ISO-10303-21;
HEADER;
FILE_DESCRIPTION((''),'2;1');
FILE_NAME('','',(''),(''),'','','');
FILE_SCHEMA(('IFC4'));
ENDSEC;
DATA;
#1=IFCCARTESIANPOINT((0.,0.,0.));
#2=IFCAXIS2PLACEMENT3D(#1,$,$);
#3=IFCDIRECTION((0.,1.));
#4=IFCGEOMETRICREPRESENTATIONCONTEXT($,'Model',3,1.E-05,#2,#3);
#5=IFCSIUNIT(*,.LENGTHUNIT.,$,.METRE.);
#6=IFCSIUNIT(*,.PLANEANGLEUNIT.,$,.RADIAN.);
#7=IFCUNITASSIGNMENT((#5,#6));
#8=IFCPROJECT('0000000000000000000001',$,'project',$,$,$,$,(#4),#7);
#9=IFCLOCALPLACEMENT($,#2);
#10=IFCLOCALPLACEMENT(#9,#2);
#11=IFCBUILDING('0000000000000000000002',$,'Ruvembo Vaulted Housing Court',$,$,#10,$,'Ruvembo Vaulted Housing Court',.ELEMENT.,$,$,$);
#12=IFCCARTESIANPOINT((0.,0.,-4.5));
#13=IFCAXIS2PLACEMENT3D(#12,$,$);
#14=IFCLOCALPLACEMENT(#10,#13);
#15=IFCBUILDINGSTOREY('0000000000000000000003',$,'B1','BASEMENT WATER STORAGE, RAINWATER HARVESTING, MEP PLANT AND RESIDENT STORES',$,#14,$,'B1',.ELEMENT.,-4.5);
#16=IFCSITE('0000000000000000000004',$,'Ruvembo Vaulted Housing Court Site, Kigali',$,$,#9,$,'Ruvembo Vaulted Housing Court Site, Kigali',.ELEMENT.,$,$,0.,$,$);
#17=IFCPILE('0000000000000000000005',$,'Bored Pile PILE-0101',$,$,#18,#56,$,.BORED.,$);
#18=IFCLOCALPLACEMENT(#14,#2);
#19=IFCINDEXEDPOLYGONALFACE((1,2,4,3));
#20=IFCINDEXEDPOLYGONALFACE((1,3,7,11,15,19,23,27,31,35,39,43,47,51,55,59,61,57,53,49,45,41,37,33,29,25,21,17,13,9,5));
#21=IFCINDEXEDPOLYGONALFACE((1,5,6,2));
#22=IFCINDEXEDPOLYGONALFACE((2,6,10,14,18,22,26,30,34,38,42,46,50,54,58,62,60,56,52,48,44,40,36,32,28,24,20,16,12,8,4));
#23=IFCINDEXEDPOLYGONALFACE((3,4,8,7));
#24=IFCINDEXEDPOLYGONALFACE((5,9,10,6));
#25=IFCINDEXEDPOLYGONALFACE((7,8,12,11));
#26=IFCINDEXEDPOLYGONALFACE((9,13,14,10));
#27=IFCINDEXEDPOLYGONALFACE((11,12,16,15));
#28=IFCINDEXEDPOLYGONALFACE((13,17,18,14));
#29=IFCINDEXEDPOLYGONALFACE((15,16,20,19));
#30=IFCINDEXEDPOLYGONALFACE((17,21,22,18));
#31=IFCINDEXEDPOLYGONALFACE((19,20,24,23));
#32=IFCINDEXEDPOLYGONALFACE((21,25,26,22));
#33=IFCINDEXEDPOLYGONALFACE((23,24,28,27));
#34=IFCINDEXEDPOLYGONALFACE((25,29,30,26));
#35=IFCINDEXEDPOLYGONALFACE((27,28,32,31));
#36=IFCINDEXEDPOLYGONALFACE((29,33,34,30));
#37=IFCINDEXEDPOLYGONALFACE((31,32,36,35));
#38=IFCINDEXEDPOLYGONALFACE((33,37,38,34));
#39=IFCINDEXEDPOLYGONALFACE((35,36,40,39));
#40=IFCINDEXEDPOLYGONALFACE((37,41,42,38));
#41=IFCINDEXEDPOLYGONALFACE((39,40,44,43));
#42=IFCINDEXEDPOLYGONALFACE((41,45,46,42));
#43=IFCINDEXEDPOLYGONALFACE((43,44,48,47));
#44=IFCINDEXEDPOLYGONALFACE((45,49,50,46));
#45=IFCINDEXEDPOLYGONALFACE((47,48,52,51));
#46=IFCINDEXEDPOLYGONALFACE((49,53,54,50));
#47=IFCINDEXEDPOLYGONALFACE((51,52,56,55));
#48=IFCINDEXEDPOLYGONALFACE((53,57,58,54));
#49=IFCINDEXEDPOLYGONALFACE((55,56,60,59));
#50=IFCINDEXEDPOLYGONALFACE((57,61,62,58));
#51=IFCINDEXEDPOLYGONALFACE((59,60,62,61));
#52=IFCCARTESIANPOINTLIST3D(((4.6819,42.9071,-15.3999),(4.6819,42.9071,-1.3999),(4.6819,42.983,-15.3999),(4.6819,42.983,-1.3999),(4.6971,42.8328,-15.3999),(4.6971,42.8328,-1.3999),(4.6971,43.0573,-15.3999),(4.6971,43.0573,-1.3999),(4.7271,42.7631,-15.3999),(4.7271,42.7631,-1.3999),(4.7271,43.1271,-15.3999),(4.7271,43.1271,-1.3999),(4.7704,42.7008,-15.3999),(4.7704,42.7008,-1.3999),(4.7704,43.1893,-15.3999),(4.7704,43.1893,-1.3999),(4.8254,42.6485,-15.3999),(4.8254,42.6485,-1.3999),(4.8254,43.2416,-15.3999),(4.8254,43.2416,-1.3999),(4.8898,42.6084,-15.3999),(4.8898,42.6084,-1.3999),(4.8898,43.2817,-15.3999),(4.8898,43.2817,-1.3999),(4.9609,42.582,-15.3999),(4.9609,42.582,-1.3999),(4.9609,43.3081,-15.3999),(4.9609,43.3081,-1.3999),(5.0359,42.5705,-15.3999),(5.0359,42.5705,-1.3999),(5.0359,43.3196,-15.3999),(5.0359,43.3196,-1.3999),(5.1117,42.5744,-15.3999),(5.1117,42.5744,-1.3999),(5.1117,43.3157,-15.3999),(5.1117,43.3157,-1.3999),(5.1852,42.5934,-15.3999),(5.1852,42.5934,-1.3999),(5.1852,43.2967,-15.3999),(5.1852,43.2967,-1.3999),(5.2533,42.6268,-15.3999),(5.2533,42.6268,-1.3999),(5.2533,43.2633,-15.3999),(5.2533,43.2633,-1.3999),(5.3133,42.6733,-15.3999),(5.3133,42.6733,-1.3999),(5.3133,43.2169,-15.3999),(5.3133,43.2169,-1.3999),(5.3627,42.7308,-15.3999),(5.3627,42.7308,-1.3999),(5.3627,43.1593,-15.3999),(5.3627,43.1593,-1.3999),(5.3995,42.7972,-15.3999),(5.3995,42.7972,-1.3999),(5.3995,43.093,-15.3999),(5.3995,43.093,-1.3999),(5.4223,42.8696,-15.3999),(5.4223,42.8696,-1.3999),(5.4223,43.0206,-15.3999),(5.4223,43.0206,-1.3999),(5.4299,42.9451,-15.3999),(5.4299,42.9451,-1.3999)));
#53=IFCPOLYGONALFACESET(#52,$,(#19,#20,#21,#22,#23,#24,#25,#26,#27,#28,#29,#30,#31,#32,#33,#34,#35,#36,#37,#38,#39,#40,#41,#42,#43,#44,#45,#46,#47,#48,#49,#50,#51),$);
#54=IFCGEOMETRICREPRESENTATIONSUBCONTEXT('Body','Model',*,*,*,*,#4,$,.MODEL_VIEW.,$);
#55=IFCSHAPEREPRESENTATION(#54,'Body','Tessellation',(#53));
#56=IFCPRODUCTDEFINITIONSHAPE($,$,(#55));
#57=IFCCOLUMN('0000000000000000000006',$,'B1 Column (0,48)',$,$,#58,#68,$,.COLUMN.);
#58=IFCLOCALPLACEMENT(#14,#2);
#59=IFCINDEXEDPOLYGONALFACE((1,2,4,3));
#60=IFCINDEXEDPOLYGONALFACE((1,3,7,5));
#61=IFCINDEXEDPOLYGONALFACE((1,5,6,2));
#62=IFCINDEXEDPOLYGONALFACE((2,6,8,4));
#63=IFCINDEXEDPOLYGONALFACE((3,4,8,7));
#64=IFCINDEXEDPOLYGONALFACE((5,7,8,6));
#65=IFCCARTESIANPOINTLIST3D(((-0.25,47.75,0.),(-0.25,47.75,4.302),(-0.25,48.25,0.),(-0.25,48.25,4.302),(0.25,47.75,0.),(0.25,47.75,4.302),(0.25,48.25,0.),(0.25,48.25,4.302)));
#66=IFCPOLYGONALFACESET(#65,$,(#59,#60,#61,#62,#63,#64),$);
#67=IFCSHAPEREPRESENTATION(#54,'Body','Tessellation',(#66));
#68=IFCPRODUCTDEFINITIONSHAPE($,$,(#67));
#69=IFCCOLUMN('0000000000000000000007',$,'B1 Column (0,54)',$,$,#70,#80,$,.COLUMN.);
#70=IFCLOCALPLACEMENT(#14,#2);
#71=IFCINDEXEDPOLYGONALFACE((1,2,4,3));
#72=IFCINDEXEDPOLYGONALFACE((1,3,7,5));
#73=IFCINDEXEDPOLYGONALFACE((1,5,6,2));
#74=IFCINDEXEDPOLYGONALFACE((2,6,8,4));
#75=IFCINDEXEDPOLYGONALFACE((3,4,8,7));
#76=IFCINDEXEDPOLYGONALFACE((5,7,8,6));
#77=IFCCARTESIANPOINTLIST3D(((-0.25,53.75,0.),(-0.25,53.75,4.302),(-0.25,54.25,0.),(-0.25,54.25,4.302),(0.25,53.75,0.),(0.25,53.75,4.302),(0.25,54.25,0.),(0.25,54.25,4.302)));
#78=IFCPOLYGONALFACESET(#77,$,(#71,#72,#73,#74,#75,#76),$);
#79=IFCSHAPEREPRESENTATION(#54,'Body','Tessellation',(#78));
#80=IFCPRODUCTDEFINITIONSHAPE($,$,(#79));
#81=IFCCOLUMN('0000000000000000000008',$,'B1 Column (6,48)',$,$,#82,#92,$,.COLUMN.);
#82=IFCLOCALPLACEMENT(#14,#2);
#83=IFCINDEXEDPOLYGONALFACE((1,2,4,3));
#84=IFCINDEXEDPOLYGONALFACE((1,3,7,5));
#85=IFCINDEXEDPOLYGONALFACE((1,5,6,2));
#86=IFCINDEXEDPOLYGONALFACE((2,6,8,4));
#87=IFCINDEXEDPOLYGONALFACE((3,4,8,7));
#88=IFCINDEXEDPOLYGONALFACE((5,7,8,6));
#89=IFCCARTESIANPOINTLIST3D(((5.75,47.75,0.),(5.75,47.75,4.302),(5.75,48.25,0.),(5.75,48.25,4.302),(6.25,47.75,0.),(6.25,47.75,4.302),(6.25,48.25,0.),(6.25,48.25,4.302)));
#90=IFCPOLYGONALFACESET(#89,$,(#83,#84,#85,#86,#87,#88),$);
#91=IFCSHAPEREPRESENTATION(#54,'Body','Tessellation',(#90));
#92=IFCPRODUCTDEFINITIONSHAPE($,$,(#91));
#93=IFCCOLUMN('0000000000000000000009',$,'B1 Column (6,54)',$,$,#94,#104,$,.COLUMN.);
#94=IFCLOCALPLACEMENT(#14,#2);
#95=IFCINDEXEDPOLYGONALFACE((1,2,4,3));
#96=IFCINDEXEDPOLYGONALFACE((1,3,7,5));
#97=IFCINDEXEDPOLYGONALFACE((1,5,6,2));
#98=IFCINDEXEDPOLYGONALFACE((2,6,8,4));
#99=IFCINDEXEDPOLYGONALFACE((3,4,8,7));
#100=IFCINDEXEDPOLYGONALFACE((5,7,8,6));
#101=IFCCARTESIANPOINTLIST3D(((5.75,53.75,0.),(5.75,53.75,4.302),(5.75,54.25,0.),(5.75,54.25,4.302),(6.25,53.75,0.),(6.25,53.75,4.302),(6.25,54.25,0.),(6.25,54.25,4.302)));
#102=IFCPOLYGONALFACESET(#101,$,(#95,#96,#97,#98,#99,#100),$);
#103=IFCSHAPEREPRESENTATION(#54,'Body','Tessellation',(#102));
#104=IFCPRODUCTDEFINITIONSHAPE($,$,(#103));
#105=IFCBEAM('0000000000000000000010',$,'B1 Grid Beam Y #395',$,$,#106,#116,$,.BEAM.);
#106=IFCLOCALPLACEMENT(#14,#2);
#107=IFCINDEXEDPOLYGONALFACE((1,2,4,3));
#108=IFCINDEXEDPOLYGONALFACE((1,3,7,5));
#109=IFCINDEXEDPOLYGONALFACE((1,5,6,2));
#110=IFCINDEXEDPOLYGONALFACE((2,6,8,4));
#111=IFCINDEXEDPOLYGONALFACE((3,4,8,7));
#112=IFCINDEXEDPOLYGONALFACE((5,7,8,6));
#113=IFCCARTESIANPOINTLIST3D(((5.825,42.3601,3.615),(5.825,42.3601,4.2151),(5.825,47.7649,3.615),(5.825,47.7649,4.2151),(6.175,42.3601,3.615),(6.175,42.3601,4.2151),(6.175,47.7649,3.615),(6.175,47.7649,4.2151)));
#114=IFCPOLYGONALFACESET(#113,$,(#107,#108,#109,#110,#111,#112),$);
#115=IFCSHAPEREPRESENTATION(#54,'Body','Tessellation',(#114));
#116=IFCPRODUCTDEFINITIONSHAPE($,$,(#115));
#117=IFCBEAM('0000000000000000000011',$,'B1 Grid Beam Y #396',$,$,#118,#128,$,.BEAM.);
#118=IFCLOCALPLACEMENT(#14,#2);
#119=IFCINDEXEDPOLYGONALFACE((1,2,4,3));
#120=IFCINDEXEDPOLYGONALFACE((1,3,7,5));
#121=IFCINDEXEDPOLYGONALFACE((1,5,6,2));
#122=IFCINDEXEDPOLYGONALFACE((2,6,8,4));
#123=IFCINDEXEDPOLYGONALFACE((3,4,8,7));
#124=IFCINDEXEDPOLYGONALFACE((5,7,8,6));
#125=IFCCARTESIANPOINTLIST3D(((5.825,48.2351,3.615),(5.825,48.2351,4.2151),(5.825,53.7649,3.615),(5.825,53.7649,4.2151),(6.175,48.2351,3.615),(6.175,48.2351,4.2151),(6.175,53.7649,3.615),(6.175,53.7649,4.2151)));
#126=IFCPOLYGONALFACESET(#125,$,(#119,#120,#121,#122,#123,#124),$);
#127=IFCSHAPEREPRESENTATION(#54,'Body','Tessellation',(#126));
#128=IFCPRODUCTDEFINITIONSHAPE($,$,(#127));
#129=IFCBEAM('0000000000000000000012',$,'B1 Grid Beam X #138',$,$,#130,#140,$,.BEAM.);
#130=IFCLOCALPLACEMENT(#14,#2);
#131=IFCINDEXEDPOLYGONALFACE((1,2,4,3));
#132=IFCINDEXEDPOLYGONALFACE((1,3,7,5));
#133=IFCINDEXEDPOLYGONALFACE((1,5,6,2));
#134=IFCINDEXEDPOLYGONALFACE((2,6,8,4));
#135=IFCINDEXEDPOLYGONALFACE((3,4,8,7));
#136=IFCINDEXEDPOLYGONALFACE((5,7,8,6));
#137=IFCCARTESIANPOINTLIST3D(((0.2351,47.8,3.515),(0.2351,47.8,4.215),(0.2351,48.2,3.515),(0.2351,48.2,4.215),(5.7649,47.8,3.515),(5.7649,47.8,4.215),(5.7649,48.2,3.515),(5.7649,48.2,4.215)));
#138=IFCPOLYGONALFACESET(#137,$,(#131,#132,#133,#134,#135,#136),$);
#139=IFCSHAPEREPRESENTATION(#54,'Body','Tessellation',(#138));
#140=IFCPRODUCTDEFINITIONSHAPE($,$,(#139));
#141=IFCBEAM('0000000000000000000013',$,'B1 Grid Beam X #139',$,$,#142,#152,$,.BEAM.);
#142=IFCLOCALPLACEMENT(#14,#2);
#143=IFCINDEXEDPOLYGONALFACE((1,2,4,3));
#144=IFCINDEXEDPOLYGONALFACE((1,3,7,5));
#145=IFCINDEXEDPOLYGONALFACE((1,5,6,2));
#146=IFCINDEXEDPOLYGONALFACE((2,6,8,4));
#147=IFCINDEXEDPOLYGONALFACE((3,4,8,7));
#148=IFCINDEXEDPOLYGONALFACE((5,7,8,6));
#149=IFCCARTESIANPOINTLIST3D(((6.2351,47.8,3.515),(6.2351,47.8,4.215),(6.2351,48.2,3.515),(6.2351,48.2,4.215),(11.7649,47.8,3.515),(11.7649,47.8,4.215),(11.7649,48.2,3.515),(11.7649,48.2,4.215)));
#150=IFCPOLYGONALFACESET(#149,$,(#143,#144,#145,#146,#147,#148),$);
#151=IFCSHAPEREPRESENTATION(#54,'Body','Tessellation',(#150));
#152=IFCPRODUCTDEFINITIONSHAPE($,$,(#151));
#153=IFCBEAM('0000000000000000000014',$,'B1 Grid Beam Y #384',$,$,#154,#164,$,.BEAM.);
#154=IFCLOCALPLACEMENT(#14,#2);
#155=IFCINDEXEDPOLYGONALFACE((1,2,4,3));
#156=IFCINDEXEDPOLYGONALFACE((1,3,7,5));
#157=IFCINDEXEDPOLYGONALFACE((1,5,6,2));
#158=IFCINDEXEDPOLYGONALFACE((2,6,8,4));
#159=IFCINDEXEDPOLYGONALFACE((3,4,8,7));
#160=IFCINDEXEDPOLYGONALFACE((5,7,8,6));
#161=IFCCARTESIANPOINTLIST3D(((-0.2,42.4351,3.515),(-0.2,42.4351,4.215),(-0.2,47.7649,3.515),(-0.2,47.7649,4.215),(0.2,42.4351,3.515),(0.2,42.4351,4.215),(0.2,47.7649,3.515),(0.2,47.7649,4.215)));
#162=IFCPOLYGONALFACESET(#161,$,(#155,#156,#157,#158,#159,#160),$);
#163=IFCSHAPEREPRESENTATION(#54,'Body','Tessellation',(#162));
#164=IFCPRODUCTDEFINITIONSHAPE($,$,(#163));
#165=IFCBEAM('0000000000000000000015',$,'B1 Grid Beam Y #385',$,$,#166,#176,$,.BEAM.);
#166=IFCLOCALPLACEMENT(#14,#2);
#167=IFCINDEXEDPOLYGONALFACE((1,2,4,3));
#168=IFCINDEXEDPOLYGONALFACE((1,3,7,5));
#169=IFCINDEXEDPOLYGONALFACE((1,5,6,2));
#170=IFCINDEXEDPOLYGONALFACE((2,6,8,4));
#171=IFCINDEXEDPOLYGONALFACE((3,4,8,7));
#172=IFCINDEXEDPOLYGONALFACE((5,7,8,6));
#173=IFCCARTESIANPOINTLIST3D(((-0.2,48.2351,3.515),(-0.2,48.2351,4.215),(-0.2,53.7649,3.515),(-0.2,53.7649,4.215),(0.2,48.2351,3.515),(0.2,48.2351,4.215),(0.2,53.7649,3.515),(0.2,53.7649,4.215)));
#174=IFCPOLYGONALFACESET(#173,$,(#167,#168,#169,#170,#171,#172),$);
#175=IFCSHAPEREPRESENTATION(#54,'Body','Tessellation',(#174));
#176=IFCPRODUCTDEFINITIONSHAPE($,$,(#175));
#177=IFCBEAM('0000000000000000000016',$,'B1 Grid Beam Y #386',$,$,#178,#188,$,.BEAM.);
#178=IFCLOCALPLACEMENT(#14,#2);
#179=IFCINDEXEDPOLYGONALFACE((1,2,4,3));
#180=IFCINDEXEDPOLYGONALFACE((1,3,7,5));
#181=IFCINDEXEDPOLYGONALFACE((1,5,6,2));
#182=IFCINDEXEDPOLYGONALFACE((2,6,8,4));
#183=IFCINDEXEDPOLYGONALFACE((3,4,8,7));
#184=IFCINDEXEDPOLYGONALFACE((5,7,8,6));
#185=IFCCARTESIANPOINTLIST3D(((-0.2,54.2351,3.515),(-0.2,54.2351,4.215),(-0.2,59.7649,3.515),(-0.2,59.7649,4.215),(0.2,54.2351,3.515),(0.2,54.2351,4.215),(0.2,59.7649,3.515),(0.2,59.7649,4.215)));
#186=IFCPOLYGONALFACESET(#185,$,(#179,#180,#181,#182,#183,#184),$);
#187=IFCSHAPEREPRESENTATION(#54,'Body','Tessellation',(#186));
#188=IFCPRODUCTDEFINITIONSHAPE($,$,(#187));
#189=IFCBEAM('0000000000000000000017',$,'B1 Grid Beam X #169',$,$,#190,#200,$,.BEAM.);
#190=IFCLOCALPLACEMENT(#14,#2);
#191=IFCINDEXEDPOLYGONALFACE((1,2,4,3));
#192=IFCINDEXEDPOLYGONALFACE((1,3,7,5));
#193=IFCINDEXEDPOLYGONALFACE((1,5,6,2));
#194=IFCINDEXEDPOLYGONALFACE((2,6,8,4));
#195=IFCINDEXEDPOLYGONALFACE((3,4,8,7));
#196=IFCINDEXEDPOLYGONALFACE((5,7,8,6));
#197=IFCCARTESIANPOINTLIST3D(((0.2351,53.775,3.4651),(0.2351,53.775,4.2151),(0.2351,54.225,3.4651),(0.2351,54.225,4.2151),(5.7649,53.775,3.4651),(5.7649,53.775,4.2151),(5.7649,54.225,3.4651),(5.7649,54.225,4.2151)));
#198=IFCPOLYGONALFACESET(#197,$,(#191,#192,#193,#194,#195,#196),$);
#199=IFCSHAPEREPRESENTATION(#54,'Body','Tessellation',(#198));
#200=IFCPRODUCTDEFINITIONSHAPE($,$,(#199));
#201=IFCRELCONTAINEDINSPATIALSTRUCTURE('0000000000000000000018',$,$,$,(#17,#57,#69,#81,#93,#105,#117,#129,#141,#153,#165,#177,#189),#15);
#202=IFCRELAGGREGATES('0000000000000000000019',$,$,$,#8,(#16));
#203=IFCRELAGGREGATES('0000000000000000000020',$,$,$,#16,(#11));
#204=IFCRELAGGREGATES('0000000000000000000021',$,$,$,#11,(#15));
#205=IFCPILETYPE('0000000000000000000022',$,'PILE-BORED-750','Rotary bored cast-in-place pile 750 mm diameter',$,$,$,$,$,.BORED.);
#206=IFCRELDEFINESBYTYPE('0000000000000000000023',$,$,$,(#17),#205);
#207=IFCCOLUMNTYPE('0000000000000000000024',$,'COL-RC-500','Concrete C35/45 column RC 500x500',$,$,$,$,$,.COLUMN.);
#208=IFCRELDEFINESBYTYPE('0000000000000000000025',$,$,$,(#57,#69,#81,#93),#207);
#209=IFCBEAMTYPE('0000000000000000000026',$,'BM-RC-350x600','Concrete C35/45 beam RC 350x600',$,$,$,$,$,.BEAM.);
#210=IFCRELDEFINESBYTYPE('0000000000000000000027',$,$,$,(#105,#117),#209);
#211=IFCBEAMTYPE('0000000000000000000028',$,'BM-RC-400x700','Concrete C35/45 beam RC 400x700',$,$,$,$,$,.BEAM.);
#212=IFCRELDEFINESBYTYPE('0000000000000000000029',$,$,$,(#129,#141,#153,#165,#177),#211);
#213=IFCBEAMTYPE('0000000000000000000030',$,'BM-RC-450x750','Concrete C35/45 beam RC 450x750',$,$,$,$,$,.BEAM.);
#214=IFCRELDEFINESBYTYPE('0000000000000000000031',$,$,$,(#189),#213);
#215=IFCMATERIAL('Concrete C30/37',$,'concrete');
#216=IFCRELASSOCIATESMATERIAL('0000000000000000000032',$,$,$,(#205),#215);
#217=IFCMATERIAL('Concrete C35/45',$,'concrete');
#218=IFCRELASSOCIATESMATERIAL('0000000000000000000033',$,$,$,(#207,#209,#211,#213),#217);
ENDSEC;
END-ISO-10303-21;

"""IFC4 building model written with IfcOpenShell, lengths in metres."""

from ifc_helpers import new_model, si_unit, direction, frame, origin, origin_2d, place, context, subcontext, project, spatial, rectangle, circle, extrude, material, material_profile, profile_set, type_object, element, save


model = new_model("IFC4")

# Units and contexts
model_context = context("Model", 3, precision=1e-05, world=origin(), true_north=direction((0.0, 1.0)))
body_context = subcontext(model_context, "Body", "Model", "MODEL_VIEW")
ifc_project = project(units=[si_unit("LENGTHUNIT", "METRE"), si_unit("PLANEANGLEUNIT", "RADIAN")], contexts=[model_context])

# Site, building, storey
site_placement = place(None, origin())
site = spatial("IfcSite", under=ifc_project, at=site_placement, Name="Ruvembo Vaulted Housing Court Site, Kigali", LongName="Ruvembo Vaulted Housing Court Site, Kigali", CompositionType="ELEMENT", RefElevation=0.0)
building_placement = place(site_placement, origin())
building = spatial("IfcBuilding", under=site, at=building_placement, Name="Ruvembo Vaulted Housing Court", LongName="Ruvembo Vaulted Housing Court", CompositionType="ELEMENT")
storey_placement = place(building_placement, frame((0.0, 0.0, -4.5)))
storey = spatial("IfcBuildingStorey", under=building, at=storey_placement, Name="B1", Description="BASEMENT WATER STORAGE, RAINWATER HARVESTING, MEP PLANT AND RESIDENT STORES", LongName="B1", CompositionType="ELEMENT", Elevation=-4.5)

# Shared definitions
ifc_material_1 = material(Name="Concrete C35/45", Category="concrete")

# Pile
ifc_material_2 = material(Name="Concrete C30/37", Category="concrete")
ifc_material_profile_1 = material_profile(ifc_material_2, circle(Radius=0.375, at=origin_2d()), Name="PILE D750")
ifc_profile_set_1 = profile_set([ifc_material_profile_1], Name="Concrete C30/37")
pile_type_1 = type_object("IfcPileType", Name="PILE-BORED-750", Description="Rotary bored cast-in-place pile 750 mm diameter", PredefinedType="BORED", material=ifc_profile_set_1)
for number, where, z_axis, x_axis, name in (
    (1, (5.0549, 42.9451, -1.3999), (0.0, 0.0, -1.0), (1.0, 0.0, 0.0), "Bored Pile PILE-0101"),
):
    element("IfcPile", number, at=place(storey_placement, frame(where, z_axis=z_axis, x_axis=x_axis)), inside=storey, type_object=pile_type_1, Name=name, PredefinedType="BORED", context=body_context, shape_type="SweptSolid", body=[
        extrude(circle(Radius=0.375, at=origin_2d()), origin(), (0.0, 0.0, 1.0), 14.0),
    ])

# Columns
ifc_material_profile_2 = material_profile(ifc_material_1, rectangle(XDim=0.5, YDim=0.5, at=origin_2d()), Name="RC 500x500")
ifc_profile_set_2 = profile_set([ifc_material_profile_2], Name="Concrete C35/45")
column_type = type_object("IfcColumnType", Name="COL-RC-500", Description="Concrete C35/45 column RC 500x500", PredefinedType="COLUMN", material=ifc_profile_set_2)
for number, where, z_axis, x_axis, name in (
    (2, (0.0, 48.0, 0.0), (0.0, 0.0, 1.0), (1.0, 0.0, 0.0), "B1 Column (0,48)"),
    (3, (0.0, 54.0, 0.0), (0.0, 0.0, 1.0), (1.0, 0.0, 0.0), "B1 Column (0,54)"),
    (4, (6.0, 48.0, 0.0), (0.0, 0.0, 1.0), (1.0, 0.0, 0.0), "B1 Column (6,48)"),
    (5, (6.0, 54.0, 0.0), (0.0, 0.0, 1.0), (1.0, 0.0, 0.0), "B1 Column (6,54)"),
):
    element("IfcColumn", number, at=place(storey_placement, frame(where, z_axis=z_axis, x_axis=x_axis)), inside=storey, type_object=column_type, Name=name, PredefinedType="COLUMN", context=body_context, shape_type="SweptSolid", body=[
        extrude(rectangle(XDim=0.5, YDim=0.5, at=origin_2d()), origin(), (0.0, 0.0, 1.0), 4.302),
    ])

# Beams
ifc_material_profile_3 = material_profile(ifc_material_1, rectangle(XDim=0.3501, YDim=0.6001, at=origin_2d()), Name="RC 350x600")
ifc_profile_set_3 = profile_set([ifc_material_profile_3], Name="Concrete C35/45")
beam_type_1 = type_object("IfcBeamType", Name="BM-RC-350x600", Description="Concrete C35/45 beam RC 350x600", PredefinedType="BEAM", material=ifc_profile_set_3)
beam_1_placement = place(storey_placement, frame((6.0, 42.3601, 3.915), z_axis=(0.0, 1.0, 0.0), x_axis=(-1.0, 0.0, 0.0)))
element("IfcBeam", 6, at=beam_1_placement, inside=storey, type_object=beam_type_1, Name="B1 Grid Beam Y #395", PredefinedType="BEAM", context=body_context, shape_type="SweptSolid", body=[
    extrude(rectangle(XDim=0.3501, YDim=0.6001, at=origin_2d()), origin(), (0.0, 0.0, 1.0), 5.4048),
])
beam_2_placement = place(storey_placement, frame((6.0, 48.2351, 3.915), z_axis=(0.0, 1.0, 0.0), x_axis=(-1.0, 0.0, 0.0)))
element("IfcBeam", 7, at=beam_2_placement, inside=storey, type_object=beam_type_1, Name="B1 Grid Beam Y #396", PredefinedType="BEAM", context=body_context, shape_type="SweptSolid", body=[
    extrude(rectangle(XDim=0.3501, YDim=0.6001, at=origin_2d()), origin(), (0.0, 0.0, 1.0), 5.5298),
])
ifc_material_profile_4 = material_profile(ifc_material_1, rectangle(XDim=0.3999, YDim=0.7, at=origin_2d()), Name="RC 400x700")
ifc_profile_set_4 = profile_set([ifc_material_profile_4], Name="Concrete C35/45")
beam_type_2 = type_object("IfcBeamType", Name="BM-RC-400x700", Description="Concrete C35/45 beam RC 400x700", PredefinedType="BEAM", material=ifc_profile_set_4)
for number, where, z_axis, x_axis, name in (
    (8, (0.2351, 48.0, 3.865), (1.0, 0.0, 0.0), (0.0, 1.0, 0.0), "B1 Grid Beam X #138"),
    (9, (6.2351, 48.0, 3.865), (1.0, 0.0, 0.0), (0.0, 1.0, 0.0), "B1 Grid Beam X #139"),
):
    element("IfcBeam", number, at=place(storey_placement, frame(where, z_axis=z_axis, x_axis=x_axis)), inside=storey, type_object=beam_type_2, Name=name, PredefinedType="BEAM", context=body_context, shape_type="SweptSolid", body=[
        extrude(rectangle(XDim=0.3999, YDim=0.7, at=origin_2d()), origin(), (0.0, 0.0, 1.0), 5.5298),
    ])
beam_3_placement = place(storey_placement, frame((0.0, 42.4351, 3.865), z_axis=(0.0, 1.0, 0.0), x_axis=(-1.0, 0.0, 0.0)))
element("IfcBeam", 10, at=beam_3_placement, inside=storey, type_object=beam_type_2, Name="B1 Grid Beam Y #384", PredefinedType="BEAM", context=body_context, shape_type="SweptSolid", body=[
    extrude(rectangle(XDim=0.3999, YDim=0.7, at=origin_2d()), origin(), (0.0, 0.0, 1.0), 5.3298),
])
for number, where, z_axis, x_axis, name in (
    (11, (0.0, 48.2351, 3.865), (0.0, 1.0, 0.0), (-1.0, 0.0, 0.0), "B1 Grid Beam Y #385"),
    (12, (0.0, 54.2351, 3.865), (0.0, 1.0, 0.0), (-1.0, 0.0, 0.0), "B1 Grid Beam Y #386"),
):
    element("IfcBeam", number, at=place(storey_placement, frame(where, z_axis=z_axis, x_axis=x_axis)), inside=storey, type_object=beam_type_2, Name=name, PredefinedType="BEAM", context=body_context, shape_type="SweptSolid", body=[
        extrude(rectangle(XDim=0.3999, YDim=0.7, at=origin_2d()), origin(), (0.0, 0.0, 1.0), 5.5298),
    ])
ifc_material_profile_5 = material_profile(ifc_material_1, rectangle(XDim=0.45, YDim=0.75, at=origin_2d()), Name="RC 450x750")
ifc_profile_set_5 = profile_set([ifc_material_profile_5], Name="Concrete C35/45")
beam_type_3 = type_object("IfcBeamType", Name="BM-RC-450x750", Description="Concrete C35/45 beam RC 450x750", PredefinedType="BEAM", material=ifc_profile_set_5)
for number, where, z_axis, x_axis, name in (
    (13, (0.2351, 54.0, 3.8401), (1.0, 0.0, 0.0), (0.0, 1.0, 0.0), "B1 Grid Beam X #169"),
):
    element("IfcBeam", number, at=place(storey_placement, frame(where, z_axis=z_axis, x_axis=x_axis)), inside=storey, type_object=beam_type_3, Name=name, PredefinedType="BEAM", context=body_context, shape_type="SweptSolid", body=[
        extrude(rectangle(XDim=0.45, YDim=0.75, at=origin_2d()), origin(), (0.0, 0.0, 1.0), 5.5298),
    ])

save(model, "model.ifc")
